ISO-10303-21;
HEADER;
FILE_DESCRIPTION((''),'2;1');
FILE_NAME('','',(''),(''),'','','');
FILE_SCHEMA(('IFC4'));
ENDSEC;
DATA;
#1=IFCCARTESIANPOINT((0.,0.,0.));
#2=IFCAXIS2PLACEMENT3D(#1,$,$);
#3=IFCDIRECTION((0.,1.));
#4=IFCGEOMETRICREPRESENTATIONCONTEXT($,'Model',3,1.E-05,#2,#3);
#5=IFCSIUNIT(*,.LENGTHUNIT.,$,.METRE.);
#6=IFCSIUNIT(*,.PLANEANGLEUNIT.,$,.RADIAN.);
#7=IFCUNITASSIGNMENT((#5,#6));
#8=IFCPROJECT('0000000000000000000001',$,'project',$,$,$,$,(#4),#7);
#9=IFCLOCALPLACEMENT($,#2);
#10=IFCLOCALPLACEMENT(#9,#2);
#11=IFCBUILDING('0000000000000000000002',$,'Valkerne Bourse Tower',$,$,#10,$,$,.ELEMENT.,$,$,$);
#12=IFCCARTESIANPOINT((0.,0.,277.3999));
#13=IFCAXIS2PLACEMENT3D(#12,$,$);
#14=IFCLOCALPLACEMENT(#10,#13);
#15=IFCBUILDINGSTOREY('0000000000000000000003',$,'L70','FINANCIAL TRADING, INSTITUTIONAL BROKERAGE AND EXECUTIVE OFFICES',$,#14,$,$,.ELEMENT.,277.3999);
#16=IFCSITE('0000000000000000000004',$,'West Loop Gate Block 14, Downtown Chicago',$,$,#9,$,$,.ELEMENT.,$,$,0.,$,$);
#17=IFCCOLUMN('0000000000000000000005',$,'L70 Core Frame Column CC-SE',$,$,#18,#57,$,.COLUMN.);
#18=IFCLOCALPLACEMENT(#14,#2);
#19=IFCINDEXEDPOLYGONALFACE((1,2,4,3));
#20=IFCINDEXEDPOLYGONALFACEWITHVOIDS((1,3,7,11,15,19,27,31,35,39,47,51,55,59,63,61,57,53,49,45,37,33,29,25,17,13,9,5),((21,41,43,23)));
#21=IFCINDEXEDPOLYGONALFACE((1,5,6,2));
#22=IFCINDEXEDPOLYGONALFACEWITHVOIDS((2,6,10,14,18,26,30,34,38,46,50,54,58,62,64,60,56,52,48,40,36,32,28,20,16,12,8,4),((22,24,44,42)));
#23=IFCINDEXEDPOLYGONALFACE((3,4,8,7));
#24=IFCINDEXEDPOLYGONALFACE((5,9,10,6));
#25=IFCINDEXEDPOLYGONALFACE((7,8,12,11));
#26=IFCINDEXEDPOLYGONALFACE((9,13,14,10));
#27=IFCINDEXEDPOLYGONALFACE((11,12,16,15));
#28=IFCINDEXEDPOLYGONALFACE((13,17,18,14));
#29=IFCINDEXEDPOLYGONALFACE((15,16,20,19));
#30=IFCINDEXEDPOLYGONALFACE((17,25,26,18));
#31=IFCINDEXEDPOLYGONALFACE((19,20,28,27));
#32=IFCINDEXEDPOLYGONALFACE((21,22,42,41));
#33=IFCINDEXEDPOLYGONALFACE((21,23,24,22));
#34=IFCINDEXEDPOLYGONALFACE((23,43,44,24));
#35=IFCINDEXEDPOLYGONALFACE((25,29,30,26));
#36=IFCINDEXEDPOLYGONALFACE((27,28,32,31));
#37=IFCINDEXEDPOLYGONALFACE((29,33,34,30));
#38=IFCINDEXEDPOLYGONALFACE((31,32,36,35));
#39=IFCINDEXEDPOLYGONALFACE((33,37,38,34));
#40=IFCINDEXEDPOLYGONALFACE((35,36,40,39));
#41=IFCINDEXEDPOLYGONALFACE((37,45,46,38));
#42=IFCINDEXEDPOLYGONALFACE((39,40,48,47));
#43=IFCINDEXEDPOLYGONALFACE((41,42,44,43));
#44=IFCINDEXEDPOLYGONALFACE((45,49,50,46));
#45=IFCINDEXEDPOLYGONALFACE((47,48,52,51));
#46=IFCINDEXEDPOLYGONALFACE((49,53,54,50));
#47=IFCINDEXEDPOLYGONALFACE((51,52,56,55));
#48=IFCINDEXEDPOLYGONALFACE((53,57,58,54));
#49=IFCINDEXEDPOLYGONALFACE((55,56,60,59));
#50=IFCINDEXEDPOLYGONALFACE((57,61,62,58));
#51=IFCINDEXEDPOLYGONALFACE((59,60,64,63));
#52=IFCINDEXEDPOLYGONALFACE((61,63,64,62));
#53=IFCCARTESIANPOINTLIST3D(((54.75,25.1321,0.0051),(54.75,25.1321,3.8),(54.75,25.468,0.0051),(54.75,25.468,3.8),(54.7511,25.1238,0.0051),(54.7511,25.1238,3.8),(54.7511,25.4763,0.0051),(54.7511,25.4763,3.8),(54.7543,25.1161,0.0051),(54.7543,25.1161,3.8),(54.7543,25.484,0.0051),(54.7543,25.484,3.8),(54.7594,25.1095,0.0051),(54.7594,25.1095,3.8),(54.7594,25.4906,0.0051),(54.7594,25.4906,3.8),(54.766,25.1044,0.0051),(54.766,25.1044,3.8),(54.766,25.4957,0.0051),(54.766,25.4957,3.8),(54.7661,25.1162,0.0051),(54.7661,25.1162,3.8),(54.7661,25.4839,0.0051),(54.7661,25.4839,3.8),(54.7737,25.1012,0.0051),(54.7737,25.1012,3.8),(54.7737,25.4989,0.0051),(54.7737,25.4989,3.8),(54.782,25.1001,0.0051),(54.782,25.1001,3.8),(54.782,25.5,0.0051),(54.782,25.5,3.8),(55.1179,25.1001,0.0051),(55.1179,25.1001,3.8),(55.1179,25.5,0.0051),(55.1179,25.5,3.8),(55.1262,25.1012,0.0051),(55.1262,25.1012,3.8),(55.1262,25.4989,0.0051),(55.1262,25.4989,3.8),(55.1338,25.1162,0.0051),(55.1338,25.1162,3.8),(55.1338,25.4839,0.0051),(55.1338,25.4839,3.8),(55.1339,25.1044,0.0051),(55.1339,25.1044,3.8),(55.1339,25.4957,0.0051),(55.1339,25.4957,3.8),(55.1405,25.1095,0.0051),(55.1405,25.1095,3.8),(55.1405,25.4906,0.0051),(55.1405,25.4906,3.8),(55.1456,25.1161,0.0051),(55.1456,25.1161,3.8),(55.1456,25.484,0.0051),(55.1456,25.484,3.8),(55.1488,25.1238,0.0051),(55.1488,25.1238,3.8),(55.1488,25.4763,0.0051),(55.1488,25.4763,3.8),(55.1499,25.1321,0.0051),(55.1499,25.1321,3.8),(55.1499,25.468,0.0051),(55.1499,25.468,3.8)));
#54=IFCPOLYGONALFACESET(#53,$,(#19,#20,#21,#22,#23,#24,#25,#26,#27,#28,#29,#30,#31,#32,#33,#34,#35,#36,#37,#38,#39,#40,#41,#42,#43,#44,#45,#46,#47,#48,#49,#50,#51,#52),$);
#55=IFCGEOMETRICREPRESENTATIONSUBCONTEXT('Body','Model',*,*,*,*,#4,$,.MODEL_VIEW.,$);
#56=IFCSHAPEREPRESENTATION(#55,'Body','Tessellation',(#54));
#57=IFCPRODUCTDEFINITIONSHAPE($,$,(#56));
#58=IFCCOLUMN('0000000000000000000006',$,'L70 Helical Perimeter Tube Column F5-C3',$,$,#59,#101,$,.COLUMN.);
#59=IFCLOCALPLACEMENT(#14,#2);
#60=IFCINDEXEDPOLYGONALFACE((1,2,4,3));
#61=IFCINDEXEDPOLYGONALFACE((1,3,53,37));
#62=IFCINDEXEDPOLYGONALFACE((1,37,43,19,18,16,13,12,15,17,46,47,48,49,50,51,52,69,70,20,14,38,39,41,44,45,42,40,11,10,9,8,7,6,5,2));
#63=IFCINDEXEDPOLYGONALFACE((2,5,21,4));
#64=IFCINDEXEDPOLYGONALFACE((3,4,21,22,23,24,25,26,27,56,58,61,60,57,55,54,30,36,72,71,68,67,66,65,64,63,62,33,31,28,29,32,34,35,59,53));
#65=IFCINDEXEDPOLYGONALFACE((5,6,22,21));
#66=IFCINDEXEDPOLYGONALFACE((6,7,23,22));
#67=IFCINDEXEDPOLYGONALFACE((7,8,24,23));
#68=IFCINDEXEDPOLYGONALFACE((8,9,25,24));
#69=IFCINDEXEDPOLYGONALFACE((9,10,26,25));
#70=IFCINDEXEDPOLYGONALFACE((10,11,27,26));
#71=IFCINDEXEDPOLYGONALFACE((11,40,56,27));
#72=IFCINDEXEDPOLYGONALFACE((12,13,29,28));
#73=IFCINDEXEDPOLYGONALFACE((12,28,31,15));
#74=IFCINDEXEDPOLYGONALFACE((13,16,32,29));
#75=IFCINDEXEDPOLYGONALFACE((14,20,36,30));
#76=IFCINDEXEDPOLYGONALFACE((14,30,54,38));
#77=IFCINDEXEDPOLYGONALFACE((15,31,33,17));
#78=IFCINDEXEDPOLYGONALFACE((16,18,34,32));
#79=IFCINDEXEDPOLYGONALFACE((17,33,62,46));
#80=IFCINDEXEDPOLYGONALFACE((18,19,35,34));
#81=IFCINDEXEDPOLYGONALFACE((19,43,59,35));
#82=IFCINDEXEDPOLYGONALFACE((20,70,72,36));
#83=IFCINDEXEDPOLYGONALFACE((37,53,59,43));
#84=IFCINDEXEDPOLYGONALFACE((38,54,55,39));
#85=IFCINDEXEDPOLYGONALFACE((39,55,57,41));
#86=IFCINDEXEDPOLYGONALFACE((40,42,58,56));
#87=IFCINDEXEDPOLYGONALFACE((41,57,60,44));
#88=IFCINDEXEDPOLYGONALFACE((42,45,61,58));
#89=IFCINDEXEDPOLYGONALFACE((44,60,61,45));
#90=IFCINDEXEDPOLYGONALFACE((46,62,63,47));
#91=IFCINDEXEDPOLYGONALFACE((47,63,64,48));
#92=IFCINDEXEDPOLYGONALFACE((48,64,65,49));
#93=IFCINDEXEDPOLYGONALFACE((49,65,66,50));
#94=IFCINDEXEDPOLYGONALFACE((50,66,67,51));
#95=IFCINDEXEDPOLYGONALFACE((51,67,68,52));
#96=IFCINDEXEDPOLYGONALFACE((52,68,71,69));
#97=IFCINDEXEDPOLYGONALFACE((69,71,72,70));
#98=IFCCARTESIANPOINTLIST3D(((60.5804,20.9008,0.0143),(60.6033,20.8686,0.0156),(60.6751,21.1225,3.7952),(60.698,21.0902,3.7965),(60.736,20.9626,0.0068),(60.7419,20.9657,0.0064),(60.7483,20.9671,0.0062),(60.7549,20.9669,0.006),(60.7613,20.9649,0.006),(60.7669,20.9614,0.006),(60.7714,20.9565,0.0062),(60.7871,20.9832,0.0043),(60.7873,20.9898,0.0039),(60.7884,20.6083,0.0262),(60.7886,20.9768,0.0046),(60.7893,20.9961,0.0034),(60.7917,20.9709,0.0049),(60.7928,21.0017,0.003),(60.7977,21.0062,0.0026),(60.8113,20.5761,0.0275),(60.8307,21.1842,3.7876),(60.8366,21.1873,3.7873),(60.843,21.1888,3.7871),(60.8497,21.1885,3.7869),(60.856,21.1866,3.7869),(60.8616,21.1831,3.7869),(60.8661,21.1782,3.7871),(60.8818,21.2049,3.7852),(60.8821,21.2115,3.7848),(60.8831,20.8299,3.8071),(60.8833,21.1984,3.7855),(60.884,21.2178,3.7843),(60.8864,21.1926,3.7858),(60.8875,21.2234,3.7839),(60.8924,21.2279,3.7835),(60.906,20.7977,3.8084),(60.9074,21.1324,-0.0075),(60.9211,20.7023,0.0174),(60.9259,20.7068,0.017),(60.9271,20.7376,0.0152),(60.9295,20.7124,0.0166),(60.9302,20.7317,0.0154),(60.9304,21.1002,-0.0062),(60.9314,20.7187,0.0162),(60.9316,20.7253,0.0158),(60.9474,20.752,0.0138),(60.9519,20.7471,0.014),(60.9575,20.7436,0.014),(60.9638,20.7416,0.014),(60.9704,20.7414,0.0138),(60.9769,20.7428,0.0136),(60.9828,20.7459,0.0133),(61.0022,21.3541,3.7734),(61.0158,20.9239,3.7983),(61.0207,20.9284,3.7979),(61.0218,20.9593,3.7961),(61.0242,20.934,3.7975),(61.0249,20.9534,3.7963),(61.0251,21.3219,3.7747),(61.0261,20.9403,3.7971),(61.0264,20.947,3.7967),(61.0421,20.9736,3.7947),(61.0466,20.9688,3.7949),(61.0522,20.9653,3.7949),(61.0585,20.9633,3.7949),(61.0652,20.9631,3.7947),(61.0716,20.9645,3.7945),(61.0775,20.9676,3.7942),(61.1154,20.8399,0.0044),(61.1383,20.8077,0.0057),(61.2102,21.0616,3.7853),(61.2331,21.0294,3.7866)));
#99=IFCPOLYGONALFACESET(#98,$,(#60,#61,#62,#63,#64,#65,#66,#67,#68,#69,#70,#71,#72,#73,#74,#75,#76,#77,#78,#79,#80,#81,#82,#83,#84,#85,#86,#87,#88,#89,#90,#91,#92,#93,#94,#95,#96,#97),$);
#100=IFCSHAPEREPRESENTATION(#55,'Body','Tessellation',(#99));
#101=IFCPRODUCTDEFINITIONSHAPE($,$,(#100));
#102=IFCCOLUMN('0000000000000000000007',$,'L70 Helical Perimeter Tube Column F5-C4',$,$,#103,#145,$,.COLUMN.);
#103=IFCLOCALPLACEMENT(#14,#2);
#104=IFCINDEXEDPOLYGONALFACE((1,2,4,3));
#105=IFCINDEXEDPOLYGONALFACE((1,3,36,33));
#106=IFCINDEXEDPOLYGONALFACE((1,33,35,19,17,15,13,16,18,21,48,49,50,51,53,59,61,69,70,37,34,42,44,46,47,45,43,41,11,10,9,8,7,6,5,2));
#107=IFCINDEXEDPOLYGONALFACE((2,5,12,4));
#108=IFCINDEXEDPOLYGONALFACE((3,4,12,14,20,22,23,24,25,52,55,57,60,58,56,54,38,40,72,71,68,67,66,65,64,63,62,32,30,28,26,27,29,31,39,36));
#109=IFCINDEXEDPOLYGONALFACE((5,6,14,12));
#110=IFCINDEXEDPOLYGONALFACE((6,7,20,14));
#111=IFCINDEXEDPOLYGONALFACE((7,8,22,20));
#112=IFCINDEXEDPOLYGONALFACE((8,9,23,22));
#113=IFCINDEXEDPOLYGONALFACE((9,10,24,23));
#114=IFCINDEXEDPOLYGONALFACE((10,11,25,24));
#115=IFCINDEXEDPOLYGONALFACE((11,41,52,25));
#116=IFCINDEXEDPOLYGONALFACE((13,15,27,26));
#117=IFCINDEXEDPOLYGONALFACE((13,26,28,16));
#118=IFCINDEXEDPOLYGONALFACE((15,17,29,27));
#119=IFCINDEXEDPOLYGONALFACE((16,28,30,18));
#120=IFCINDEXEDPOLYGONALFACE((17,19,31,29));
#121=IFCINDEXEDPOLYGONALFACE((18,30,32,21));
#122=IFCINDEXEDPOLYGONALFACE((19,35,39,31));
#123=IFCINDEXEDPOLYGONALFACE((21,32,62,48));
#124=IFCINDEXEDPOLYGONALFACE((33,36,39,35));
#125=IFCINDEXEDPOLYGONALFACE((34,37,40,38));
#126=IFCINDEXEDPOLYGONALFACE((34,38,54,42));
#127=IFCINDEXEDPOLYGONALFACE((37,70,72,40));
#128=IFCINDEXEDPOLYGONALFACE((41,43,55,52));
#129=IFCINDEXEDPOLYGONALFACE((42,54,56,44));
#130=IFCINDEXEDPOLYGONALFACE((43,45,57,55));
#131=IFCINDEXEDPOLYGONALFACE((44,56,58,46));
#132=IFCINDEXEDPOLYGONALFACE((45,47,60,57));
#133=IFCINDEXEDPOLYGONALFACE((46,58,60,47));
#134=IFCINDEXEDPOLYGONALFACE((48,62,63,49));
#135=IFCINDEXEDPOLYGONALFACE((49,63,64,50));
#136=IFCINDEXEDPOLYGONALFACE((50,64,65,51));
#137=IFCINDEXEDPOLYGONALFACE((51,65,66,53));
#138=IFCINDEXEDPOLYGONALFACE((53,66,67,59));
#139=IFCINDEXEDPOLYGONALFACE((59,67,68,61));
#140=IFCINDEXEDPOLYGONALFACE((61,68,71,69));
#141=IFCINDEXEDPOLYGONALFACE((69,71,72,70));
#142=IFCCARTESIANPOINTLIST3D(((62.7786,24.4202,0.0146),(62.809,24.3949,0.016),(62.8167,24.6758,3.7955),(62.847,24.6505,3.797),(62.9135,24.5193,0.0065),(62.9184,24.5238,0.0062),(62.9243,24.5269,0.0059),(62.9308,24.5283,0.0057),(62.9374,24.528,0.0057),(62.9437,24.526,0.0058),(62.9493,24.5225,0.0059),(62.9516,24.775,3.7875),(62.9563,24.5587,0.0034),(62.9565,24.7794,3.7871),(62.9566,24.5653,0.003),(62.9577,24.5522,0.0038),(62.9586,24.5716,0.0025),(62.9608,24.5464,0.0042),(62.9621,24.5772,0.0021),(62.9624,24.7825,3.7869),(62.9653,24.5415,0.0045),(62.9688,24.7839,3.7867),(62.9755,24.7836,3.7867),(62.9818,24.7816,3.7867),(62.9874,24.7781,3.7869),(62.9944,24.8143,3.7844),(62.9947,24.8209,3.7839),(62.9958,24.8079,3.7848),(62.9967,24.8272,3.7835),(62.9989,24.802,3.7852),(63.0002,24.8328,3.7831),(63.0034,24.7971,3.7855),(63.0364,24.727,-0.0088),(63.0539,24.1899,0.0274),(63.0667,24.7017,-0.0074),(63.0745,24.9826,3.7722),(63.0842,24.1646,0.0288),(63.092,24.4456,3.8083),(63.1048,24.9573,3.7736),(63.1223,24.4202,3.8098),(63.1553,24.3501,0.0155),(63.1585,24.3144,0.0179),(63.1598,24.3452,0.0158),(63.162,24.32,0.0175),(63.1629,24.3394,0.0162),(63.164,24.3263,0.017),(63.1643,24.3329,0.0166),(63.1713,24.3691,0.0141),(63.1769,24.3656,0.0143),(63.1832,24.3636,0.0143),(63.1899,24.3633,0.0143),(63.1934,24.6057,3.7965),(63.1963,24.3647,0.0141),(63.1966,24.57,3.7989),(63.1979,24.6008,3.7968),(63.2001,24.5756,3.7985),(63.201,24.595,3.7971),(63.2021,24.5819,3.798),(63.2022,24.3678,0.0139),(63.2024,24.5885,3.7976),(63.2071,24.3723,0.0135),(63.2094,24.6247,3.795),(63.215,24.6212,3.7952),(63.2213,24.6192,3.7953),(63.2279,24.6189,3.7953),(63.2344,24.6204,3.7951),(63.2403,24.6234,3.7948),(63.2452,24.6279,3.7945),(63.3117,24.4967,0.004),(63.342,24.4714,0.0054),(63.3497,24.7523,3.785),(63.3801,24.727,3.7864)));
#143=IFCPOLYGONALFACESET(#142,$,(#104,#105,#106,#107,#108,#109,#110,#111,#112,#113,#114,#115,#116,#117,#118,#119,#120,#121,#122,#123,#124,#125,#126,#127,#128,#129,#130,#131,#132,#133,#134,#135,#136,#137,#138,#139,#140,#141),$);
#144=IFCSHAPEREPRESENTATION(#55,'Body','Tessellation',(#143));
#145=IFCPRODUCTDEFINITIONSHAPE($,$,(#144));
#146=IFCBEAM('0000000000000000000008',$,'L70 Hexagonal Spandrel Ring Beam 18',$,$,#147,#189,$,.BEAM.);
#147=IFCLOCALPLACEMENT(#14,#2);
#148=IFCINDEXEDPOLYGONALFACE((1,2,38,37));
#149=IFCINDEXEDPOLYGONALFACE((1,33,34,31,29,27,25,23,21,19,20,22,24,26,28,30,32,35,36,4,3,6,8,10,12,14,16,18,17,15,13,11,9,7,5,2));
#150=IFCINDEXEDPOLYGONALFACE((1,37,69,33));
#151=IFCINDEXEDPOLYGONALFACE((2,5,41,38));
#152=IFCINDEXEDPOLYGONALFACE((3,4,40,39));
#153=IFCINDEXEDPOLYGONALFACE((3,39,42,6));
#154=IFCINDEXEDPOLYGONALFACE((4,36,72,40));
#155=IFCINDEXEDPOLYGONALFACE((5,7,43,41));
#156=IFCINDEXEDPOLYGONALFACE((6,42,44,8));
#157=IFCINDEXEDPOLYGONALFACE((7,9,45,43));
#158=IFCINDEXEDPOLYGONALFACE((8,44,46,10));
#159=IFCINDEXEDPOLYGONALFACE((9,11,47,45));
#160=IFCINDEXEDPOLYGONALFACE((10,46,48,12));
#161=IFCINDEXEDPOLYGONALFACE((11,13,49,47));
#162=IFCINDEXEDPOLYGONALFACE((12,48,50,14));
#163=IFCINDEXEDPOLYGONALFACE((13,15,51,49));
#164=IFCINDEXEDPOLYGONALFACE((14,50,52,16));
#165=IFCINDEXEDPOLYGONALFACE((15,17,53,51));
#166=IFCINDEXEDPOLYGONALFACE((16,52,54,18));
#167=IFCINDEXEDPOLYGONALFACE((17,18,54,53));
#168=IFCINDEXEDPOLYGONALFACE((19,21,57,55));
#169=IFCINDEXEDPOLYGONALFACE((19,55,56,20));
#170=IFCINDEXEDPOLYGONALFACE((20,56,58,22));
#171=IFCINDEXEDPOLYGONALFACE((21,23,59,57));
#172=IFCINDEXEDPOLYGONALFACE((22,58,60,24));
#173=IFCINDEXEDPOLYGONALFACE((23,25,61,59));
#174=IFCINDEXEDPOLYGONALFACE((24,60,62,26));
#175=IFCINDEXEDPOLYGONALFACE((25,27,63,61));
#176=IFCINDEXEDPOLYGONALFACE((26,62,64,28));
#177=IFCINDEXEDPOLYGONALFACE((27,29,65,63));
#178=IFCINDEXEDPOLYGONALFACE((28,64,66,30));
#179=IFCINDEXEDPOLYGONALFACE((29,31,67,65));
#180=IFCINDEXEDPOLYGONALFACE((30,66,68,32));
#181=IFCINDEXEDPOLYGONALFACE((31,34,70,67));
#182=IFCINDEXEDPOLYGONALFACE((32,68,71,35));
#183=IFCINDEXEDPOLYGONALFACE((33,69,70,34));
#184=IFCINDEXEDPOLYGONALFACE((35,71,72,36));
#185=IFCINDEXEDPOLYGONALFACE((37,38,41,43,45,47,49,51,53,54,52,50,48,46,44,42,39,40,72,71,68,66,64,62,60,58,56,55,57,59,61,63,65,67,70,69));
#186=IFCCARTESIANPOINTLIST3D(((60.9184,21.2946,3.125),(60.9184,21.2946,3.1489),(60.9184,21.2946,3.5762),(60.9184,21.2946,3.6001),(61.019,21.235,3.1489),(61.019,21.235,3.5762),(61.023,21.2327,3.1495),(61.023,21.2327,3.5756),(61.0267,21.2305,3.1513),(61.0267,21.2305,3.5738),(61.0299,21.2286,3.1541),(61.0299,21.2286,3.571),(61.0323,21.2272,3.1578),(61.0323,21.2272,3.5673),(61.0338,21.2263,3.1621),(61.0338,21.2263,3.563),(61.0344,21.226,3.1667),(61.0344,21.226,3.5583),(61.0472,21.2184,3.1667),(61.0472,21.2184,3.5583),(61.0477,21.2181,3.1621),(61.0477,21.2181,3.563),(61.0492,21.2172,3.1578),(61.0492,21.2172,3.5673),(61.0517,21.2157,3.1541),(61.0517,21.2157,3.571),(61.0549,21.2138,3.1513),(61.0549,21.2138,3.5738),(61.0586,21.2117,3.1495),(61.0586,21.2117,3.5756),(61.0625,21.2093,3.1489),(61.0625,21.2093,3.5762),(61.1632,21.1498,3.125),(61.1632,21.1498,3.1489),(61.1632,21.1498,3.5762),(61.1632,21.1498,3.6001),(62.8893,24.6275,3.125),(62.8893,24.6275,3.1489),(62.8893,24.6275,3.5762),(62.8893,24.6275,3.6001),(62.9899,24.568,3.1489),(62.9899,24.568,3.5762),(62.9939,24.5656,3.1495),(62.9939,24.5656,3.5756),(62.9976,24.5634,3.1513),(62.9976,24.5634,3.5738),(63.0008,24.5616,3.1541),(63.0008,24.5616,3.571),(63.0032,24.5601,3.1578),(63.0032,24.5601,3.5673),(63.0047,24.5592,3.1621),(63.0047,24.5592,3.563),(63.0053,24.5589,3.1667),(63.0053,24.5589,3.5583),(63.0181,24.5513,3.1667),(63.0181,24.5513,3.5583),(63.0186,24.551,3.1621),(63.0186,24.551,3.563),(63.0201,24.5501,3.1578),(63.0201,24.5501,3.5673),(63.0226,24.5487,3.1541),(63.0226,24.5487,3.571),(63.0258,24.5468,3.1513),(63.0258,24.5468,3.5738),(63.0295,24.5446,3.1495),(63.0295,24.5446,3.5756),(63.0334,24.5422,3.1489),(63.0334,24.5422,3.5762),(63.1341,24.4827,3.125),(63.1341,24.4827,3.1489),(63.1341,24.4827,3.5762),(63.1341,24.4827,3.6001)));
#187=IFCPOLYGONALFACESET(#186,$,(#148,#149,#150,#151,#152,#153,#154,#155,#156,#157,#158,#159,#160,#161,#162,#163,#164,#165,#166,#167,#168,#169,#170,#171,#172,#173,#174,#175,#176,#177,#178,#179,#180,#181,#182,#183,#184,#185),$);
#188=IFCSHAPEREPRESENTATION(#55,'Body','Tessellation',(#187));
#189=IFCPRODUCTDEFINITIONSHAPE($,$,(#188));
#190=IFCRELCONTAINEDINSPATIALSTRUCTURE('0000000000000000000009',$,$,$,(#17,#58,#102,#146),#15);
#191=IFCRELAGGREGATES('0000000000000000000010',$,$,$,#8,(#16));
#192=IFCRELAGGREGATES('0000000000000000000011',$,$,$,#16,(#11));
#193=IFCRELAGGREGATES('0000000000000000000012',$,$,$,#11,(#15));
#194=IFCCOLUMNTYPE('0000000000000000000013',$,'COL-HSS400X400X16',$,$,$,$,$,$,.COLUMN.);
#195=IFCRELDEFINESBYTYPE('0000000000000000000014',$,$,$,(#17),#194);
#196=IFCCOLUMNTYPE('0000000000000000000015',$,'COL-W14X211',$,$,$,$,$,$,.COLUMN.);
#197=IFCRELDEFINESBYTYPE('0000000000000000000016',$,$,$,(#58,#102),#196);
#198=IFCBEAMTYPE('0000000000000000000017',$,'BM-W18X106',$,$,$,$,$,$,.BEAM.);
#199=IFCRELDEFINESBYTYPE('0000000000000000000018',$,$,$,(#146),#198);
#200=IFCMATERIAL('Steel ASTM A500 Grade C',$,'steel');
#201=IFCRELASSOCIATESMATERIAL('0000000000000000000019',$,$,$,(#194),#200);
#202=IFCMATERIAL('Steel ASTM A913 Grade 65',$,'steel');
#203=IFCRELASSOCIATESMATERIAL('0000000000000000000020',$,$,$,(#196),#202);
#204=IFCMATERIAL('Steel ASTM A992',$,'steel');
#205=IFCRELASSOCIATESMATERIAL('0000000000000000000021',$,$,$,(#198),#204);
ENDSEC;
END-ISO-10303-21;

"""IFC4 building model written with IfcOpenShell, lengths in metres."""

from ifc_helpers import new_model, si_unit, direction, frame, origin, origin_2d, place, context, subcontext, project, spatial, hollow_rectangle, i_section, extrude, material, material_profile, profile_set, type_object, element, save


model = new_model("IFC4")

# Units and contexts
model_context = context("Model", 3, precision=1e-05, world=origin(), true_north=direction((0.0, 1.0)))
body_context = subcontext(model_context, "Body", "Model", "MODEL_VIEW")
ifc_project = project(units=[si_unit("LENGTHUNIT", "METRE"), si_unit("PLANEANGLEUNIT", "RADIAN")], contexts=[model_context])

# Site, building, storey
site_placement = place(None, origin())
site = spatial("IfcSite", under=ifc_project, at=site_placement, Name="West Loop Gate Block 14, Downtown Chicago", CompositionType="ELEMENT", RefElevation=0.0)
building_placement = place(site_placement, origin())
building = spatial("IfcBuilding", under=site, at=building_placement, Name="Valkerne Bourse Tower", CompositionType="ELEMENT")
storey_placement = place(building_placement, frame((0.0, 0.0, 277.3999)))
storey = spatial("IfcBuildingStorey", under=building, at=storey_placement, Name="L70", Description="FINANCIAL TRADING, INSTITUTIONAL BROKERAGE AND EXECUTIVE OFFICES", CompositionType="ELEMENT", Elevation=277.3999)

# Columns
ifc_material_1 = material(Name="Steel ASTM A500 Grade C", Category="steel")
ifc_material_profile_1 = material_profile(ifc_material_1, hollow_rectangle(XDim=0.3999, YDim=0.3999, WallThickness=0.0161, OuterFilletRadius=0.032, at=origin_2d()), Name="HSS400X400X16")
ifc_profile_set_1 = profile_set([ifc_material_profile_1], Name="Steel ASTM A500 Grade C")
column_type_1 = type_object("IfcColumnType", Name="COL-HSS400X400X16", PredefinedType="COLUMN", material=ifc_profile_set_1)
column_1_placement = place(storey_placement, frame((54.95, 25.3, 0.0051), z_axis=(0.0, 0.0, 1.0), x_axis=(1.0, 0.0, 0.0)))
element("IfcColumn", 1, at=column_1_placement, inside=storey, type_object=column_type_1, Name="L70 Core Frame Column CC-SE", PredefinedType="COLUMN", context=body_context, shape_type="SweptSolid", body=[
    extrude(hollow_rectangle(XDim=0.3999, YDim=0.3999, WallThickness=0.0161, OuterFilletRadius=0.032, at=origin_2d()), origin(), (0.0, 0.0, 1.0), 3.7949),
])
ifc_material_2 = material(Name="Steel ASTM A913 Grade 65", Category="steel")
ifc_material_profile_2 = material_profile(ifc_material_2, i_section(OverallWidth=0.4014, OverallDepth=0.3987, WebThickness=0.0249, FlangeThickness=0.0396, FilletRadius=0.0254, at=origin_2d()), Name="W14X211")
ifc_profile_set_2 = profile_set([ifc_material_profile_2], Name="Steel ASTM A913 Grade 65")
column_type_2 = type_object("IfcColumnType", Name="COL-W14X211", PredefinedType="COLUMN", material=ifc_profile_set_2)
column_2_placement = place(storey_placement, frame((60.8594, 20.8542, 0.01), z_axis=(0.025003, 0.058511, 0.997974), x_axis=(-0.814829, -0.577157, 0.054253)))
element("IfcColumn", 2, at=column_2_placement, inside=storey, type_object=column_type_2, Name="L70 Helical Perimeter Tube Column F5-C3", PredefinedType="COLUMN", context=body_context, shape_type="SweptSolid", body=[
    extrude(i_section(OverallWidth=0.4014, OverallDepth=0.3987, WebThickness=0.0249, FlangeThickness=0.0396, FilletRadius=0.0254, at=origin_2d()), origin(), (0.0, 0.0, 1.0), 3.7886),
])
column_3_placement = place(storey_placement, frame((63.0603, 24.4458, 0.01), z_axis=(0.01005, 0.067448, 0.997672), x_axis=(-0.642155, -0.764367, 0.058143)))
element("IfcColumn", 3, at=column_3_placement, inside=storey, type_object=column_type_2, Name="L70 Helical Perimeter Tube Column F5-C4", PredefinedType="COLUMN", context=body_context, shape_type="SweptSolid", body=[
    extrude(i_section(OverallWidth=0.4014, OverallDepth=0.3987, WebThickness=0.0249, FlangeThickness=0.0396, FilletRadius=0.0254, at=origin_2d()), origin(), (0.0, 0.0, 1.0), 3.7898),
])

# Beam
ifc_material_3 = material(Name="Steel ASTM A992", Category="steel")
ifc_material_profile_3 = material_profile(ifc_material_3, i_section(OverallWidth=0.2844, OverallDepth=0.4751, WebThickness=0.0149, FlangeThickness=0.0239, FilletRadius=0.0178, at=origin_2d()), Name="W18X106")
ifc_profile_set_3 = profile_set([ifc_material_profile_3], Name="Steel ASTM A992")
beam_type_1 = type_object("IfcBeamType", Name="BM-W18X106", PredefinedType="BEAM", material=ifc_profile_set_3)
beam_1_placement = place(storey_placement, frame((61.0408, 21.2222, 3.3625), z_axis=(0.509005, 0.860763, 0.0), x_axis=(-0.860763, 0.509005, 0.0)))
element("IfcBeam", 4, at=beam_1_placement, inside=storey, type_object=beam_type_1, Name="L70 Hexagonal Spandrel Ring Beam 18", PredefinedType="BEAM", context=body_context, shape_type="SweptSolid", body=[
    extrude(i_section(OverallWidth=0.2844, OverallDepth=0.4751, WebThickness=0.0149, FlangeThickness=0.0239, FilletRadius=0.0178, at=origin_2d()), origin(), (0.0, 0.0, 1.0), 3.8721),
])

save(model, "model.ifc")
